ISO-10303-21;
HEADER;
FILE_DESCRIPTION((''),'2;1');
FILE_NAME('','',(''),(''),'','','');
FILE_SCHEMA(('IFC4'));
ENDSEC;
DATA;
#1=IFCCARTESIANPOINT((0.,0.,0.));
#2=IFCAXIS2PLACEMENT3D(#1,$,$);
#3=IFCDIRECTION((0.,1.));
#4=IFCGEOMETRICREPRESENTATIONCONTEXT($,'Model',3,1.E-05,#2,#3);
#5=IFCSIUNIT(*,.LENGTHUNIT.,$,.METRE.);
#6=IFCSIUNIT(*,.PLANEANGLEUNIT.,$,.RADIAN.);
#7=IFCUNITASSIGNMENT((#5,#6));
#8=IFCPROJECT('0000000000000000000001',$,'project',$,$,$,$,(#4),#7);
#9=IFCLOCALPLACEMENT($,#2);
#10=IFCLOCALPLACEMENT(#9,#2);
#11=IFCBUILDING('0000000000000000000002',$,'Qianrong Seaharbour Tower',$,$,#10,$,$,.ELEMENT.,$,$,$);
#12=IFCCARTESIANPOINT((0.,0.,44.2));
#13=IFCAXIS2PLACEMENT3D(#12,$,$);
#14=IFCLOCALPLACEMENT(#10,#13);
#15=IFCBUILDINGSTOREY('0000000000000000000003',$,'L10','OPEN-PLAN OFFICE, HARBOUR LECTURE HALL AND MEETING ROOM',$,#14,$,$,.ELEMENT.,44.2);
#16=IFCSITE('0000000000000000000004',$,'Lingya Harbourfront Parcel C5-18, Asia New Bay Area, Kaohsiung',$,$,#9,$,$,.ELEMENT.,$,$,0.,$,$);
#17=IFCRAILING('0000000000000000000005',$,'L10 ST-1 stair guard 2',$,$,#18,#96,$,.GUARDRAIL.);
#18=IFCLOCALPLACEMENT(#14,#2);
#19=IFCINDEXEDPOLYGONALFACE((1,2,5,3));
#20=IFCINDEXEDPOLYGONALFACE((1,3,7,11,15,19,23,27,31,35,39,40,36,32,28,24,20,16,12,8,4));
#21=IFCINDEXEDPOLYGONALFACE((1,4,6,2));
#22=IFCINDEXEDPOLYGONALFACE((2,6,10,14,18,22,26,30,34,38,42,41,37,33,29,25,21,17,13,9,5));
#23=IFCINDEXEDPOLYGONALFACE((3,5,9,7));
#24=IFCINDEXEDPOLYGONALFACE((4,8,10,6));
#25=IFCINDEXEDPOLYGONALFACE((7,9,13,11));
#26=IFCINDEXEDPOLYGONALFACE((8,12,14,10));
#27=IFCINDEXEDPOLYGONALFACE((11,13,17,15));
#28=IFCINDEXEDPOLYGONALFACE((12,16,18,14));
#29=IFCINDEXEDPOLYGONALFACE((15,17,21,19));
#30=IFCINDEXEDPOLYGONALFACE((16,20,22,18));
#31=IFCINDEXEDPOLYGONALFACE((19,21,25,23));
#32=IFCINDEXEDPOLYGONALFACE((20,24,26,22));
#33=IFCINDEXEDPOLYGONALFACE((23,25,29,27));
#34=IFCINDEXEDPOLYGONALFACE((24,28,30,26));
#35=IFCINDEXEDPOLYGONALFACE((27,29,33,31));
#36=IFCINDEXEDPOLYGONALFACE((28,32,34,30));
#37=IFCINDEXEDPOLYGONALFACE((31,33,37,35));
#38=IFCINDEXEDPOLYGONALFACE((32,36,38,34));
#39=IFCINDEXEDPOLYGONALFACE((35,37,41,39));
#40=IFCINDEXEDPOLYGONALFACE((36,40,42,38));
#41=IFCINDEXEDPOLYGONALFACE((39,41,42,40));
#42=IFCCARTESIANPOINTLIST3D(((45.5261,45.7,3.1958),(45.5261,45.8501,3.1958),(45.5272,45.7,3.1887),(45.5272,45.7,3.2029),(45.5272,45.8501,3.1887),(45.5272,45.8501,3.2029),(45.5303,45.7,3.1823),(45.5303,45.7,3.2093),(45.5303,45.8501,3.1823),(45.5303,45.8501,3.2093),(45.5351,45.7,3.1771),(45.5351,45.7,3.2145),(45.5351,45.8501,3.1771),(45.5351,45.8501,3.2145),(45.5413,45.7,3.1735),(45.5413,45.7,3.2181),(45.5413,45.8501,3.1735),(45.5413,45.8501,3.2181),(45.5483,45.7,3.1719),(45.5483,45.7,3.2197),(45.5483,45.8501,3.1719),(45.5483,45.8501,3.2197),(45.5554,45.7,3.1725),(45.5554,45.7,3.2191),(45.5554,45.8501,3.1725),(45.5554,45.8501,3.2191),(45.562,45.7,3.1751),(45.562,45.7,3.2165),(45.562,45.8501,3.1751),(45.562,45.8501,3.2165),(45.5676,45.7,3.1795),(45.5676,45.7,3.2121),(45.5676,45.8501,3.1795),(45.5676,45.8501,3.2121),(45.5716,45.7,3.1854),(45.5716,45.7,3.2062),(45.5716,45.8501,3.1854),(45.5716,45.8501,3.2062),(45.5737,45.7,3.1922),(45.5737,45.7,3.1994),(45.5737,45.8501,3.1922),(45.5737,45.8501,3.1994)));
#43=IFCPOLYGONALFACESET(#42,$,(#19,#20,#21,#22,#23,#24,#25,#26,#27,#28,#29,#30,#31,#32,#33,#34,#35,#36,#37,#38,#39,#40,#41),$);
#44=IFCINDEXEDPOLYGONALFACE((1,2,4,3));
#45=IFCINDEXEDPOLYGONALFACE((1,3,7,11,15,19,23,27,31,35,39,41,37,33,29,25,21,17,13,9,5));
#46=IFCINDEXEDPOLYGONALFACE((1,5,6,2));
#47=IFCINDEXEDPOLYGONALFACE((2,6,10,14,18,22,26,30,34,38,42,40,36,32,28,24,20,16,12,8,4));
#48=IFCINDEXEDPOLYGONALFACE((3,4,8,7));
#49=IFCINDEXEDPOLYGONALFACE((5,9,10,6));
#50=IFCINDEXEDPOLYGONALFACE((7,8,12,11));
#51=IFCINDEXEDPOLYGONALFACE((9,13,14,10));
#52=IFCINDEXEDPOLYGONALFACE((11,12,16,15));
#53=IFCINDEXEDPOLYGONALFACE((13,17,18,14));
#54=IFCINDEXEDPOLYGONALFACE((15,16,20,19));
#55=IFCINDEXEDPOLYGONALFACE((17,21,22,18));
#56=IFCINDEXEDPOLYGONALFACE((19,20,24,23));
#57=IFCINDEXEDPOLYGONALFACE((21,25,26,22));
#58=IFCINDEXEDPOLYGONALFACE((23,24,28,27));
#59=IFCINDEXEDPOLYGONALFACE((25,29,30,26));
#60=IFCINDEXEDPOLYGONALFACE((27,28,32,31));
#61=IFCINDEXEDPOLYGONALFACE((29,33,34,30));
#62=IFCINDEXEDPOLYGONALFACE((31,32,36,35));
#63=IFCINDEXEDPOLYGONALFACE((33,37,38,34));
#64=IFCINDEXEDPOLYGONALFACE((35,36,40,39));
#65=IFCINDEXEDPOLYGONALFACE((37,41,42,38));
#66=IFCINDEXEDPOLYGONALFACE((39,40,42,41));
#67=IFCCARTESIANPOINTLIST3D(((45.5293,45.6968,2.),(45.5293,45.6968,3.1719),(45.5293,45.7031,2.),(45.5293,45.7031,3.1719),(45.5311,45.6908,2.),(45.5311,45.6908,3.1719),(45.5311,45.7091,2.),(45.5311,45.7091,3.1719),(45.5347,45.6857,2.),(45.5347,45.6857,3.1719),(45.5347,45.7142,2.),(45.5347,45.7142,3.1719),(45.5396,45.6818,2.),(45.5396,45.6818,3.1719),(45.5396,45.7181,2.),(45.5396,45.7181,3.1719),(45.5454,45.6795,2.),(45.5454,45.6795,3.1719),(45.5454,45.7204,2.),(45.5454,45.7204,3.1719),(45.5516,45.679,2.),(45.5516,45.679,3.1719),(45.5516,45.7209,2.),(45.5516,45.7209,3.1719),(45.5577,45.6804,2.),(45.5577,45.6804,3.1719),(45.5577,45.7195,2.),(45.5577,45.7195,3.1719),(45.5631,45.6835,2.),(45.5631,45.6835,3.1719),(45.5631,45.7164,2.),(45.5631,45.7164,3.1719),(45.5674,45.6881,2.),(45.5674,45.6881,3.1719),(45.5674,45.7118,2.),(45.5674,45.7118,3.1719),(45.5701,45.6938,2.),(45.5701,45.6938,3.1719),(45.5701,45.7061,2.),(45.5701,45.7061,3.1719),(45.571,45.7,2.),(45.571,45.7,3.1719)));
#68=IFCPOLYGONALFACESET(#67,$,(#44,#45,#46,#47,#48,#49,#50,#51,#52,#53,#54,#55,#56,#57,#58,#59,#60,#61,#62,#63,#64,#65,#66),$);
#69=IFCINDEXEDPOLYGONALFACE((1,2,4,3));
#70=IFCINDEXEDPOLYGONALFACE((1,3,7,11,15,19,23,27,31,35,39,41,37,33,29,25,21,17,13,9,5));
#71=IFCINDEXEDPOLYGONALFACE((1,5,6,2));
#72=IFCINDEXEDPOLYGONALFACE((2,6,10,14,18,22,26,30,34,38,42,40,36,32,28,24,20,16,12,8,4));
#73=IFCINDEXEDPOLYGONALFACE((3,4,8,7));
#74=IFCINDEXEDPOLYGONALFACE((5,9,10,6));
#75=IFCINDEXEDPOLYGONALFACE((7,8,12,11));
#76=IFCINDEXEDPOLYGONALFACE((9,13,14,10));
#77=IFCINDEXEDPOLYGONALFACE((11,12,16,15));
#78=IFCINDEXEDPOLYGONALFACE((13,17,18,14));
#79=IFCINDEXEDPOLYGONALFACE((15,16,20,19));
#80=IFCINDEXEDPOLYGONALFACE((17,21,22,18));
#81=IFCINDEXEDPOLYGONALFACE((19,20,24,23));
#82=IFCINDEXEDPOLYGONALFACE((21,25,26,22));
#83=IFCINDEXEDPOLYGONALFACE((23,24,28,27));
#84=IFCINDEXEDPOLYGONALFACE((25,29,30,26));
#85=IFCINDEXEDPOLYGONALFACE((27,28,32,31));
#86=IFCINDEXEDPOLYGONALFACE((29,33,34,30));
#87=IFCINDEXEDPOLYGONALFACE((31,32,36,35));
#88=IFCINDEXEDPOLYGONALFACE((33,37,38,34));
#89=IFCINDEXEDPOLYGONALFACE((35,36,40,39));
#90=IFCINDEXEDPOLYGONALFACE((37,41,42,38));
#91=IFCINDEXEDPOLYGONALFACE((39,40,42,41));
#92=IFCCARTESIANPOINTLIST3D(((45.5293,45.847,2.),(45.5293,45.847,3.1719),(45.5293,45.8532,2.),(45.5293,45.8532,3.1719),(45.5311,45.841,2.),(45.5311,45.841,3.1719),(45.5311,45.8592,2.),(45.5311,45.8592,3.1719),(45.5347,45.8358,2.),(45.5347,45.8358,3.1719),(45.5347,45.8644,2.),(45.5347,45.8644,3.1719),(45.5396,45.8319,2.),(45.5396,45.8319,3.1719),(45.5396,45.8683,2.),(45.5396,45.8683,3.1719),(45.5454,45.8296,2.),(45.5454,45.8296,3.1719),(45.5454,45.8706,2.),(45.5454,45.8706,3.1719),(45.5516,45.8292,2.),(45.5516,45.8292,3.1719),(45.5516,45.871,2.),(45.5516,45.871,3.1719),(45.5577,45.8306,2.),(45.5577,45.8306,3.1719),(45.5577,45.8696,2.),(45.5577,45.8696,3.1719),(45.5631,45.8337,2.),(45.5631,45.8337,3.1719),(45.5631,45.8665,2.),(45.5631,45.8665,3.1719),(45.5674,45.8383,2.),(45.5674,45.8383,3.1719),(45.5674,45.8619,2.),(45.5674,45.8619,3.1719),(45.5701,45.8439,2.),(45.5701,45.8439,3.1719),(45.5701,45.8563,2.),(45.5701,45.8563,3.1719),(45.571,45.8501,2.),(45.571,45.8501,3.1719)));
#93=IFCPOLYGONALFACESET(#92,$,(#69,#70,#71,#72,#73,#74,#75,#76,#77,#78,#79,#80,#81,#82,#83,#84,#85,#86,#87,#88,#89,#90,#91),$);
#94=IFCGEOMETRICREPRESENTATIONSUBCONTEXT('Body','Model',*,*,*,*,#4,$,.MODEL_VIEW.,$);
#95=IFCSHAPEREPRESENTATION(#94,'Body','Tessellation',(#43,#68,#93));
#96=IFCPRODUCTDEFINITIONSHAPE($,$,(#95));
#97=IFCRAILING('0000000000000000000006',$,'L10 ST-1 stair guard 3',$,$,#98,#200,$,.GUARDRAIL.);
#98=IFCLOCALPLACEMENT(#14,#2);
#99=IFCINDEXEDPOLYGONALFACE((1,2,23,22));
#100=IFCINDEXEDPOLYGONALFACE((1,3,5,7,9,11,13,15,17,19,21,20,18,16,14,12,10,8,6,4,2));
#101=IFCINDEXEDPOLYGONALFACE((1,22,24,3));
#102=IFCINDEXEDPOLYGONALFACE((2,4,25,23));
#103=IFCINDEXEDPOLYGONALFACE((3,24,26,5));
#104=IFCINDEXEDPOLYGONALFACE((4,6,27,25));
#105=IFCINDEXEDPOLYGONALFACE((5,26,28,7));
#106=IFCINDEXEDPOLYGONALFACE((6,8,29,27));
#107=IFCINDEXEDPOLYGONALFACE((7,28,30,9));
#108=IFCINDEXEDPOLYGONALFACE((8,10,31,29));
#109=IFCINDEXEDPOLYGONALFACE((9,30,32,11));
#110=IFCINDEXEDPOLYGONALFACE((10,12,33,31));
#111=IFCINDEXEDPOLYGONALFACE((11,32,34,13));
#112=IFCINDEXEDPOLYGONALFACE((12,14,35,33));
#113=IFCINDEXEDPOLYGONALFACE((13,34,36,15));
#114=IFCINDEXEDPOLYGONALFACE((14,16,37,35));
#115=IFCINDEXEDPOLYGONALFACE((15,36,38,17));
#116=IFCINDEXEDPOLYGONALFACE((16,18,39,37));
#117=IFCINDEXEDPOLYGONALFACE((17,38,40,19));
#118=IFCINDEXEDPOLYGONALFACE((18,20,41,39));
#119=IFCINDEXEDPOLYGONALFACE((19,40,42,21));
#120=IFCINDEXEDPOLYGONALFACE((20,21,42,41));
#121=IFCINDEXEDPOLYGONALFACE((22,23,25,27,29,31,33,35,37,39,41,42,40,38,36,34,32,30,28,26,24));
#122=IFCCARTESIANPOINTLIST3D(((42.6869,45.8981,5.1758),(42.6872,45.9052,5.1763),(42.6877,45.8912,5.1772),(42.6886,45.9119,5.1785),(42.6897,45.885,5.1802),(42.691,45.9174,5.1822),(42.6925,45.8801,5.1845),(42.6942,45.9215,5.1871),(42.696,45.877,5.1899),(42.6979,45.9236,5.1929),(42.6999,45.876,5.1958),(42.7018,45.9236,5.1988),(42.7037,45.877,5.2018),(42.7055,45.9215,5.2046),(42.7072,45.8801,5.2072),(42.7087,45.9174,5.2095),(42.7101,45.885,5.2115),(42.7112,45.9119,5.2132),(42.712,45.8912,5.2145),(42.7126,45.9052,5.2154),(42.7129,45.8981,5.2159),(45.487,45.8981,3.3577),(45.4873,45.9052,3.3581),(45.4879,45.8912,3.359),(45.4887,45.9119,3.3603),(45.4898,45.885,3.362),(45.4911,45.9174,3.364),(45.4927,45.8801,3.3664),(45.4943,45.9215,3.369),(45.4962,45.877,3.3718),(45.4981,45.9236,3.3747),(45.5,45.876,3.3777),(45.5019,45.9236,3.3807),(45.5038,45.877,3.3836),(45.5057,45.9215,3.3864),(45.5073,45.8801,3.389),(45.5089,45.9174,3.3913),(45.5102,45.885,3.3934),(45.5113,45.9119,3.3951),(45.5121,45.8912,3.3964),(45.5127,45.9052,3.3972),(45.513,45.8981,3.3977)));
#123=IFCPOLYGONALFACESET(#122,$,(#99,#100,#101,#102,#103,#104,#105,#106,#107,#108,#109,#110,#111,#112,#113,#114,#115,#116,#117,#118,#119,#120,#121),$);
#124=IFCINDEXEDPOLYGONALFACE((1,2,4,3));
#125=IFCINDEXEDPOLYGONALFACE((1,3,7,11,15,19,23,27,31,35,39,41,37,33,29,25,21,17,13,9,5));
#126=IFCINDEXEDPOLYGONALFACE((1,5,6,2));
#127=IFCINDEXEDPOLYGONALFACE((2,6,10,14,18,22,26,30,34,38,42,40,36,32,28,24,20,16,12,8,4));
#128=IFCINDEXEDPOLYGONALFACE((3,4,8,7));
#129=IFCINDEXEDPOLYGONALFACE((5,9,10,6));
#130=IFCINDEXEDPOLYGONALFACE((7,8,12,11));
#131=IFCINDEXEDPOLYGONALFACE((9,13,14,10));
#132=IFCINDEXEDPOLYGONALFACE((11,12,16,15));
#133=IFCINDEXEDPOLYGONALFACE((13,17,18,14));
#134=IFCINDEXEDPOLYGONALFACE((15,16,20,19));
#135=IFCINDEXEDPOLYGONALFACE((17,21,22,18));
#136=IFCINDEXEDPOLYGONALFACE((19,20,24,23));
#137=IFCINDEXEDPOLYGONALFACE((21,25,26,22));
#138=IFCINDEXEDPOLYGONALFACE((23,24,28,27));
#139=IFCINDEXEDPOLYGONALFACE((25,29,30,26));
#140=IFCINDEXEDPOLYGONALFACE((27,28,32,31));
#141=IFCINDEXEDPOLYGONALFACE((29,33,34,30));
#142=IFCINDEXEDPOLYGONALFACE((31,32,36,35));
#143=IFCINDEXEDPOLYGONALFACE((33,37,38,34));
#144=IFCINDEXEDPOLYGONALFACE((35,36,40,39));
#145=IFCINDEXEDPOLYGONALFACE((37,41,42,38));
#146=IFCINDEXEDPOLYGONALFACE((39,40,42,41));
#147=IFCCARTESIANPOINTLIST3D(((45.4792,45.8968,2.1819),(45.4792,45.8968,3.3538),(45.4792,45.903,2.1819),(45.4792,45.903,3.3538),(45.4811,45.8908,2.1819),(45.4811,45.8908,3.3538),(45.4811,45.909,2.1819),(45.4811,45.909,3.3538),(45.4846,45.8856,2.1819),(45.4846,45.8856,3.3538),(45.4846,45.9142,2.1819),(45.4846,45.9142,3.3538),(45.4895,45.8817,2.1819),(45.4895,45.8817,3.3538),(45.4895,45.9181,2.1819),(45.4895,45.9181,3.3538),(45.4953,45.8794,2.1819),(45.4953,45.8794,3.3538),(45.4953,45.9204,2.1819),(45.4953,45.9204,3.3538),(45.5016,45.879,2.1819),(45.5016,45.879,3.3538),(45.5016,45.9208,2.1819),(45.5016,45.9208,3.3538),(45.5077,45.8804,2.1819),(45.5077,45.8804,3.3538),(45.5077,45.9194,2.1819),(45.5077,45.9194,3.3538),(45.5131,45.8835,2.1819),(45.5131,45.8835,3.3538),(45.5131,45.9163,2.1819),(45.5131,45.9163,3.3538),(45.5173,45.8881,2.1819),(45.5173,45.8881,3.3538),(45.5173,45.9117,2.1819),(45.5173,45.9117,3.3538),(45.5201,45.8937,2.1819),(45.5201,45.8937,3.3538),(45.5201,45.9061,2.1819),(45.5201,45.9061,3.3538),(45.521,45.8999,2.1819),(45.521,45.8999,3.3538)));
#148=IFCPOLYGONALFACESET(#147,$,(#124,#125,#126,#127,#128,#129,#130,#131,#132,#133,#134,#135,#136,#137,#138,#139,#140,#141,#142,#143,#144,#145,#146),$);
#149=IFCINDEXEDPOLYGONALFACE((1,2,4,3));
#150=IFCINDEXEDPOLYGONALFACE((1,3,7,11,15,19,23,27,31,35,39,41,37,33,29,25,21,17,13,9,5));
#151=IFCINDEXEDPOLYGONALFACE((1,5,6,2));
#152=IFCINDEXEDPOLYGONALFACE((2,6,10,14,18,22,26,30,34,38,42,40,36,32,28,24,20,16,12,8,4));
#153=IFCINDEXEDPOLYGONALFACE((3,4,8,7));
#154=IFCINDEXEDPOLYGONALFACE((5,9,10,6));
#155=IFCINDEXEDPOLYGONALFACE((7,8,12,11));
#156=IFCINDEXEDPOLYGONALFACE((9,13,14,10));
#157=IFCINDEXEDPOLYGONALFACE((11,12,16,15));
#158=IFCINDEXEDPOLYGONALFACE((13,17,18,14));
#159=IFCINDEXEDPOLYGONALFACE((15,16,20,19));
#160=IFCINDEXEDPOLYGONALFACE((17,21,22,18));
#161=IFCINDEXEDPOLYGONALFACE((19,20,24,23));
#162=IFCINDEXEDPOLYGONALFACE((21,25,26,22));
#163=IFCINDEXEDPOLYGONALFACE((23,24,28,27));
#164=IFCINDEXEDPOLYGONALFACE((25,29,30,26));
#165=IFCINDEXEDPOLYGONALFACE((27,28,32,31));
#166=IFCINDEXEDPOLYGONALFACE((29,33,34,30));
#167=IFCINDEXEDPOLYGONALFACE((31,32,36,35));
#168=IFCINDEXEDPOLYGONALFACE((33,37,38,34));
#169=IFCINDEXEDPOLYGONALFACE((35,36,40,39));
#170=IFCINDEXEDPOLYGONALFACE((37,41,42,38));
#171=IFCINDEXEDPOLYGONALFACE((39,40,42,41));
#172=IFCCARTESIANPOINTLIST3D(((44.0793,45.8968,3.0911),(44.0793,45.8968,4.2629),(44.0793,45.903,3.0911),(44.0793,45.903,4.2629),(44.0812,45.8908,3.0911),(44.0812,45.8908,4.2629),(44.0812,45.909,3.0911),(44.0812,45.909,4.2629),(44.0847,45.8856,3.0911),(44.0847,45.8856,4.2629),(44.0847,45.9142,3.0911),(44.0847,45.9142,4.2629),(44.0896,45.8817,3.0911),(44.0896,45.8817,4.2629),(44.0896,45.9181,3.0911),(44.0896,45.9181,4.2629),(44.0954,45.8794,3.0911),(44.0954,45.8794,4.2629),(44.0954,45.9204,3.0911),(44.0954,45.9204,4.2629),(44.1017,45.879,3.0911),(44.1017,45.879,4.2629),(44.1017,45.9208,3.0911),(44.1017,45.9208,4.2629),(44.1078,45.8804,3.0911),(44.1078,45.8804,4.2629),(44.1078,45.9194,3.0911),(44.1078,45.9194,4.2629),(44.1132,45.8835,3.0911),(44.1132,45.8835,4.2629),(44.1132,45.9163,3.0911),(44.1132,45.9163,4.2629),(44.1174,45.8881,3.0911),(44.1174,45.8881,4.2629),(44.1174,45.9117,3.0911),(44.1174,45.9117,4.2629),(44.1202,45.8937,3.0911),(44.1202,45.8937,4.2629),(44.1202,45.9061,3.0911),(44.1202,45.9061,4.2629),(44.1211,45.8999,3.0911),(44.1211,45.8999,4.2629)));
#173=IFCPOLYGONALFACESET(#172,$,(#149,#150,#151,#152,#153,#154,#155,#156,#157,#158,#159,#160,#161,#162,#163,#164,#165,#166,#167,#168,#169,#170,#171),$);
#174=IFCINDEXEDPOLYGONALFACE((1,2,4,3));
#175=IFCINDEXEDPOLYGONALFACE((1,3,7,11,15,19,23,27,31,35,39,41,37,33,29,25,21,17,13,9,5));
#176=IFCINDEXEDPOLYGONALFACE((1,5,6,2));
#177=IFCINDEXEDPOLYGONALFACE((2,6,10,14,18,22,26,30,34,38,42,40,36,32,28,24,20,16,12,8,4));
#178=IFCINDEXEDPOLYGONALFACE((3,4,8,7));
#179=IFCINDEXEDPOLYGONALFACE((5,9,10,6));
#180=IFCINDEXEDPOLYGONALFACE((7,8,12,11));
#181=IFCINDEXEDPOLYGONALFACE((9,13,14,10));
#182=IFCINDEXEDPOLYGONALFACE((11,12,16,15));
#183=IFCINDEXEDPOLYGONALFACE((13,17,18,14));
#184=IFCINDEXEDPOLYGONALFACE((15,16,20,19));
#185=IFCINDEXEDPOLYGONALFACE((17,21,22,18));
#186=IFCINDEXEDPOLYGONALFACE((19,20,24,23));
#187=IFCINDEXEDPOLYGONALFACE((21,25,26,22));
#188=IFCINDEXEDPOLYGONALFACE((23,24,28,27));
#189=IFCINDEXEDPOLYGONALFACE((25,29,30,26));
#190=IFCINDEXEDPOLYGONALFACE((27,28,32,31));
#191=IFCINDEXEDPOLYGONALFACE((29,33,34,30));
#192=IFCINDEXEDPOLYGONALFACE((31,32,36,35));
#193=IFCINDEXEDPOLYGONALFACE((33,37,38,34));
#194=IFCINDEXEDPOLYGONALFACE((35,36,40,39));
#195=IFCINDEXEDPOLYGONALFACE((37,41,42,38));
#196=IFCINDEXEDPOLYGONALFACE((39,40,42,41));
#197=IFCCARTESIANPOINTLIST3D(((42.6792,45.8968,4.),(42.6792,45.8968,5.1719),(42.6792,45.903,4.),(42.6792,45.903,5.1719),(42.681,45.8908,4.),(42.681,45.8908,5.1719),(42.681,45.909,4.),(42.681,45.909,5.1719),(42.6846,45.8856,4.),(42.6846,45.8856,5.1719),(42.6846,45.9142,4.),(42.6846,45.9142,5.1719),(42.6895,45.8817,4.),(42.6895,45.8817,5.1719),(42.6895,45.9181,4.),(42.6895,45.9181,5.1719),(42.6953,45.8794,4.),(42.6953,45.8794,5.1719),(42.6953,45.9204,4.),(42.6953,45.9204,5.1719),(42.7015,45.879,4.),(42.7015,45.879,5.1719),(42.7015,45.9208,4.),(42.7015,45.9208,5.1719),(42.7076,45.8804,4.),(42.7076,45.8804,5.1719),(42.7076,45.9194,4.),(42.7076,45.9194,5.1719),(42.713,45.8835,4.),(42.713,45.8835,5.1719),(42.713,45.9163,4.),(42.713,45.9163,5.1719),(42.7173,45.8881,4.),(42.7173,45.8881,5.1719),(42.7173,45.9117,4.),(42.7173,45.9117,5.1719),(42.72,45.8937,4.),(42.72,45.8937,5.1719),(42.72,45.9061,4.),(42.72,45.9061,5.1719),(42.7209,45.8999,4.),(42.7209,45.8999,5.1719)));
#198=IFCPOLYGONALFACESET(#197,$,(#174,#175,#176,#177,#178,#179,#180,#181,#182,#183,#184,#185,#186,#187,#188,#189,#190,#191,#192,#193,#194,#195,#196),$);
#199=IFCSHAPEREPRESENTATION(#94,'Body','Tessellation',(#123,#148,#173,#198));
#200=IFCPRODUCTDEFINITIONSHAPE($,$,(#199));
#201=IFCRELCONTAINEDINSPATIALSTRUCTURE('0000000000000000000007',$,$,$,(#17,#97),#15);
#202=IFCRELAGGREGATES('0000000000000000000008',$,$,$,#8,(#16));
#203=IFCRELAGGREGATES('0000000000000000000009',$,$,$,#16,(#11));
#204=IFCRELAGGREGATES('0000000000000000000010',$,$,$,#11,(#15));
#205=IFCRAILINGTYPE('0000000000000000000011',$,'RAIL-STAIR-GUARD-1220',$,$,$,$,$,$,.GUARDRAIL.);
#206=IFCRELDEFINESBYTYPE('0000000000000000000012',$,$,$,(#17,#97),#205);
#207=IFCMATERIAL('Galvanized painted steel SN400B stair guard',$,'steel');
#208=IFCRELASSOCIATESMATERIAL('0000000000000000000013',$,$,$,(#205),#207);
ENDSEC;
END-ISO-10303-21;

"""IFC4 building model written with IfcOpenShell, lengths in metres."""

from ifc_helpers import new_model, si_unit, direction, frame, origin, origin_2d, place, context, subcontext, project, spatial, circle, extrude, material, type_object, element, save


model = new_model("IFC4")

# Units and contexts
model_context = context("Model", 3, precision=1e-05, world=origin(), true_north=direction((0.0, 1.0)))
body_context = subcontext(model_context, "Body", "Model", "MODEL_VIEW")
ifc_project = project(units=[si_unit("LENGTHUNIT", "METRE"), si_unit("PLANEANGLEUNIT", "RADIAN")], contexts=[model_context])

# Site, building, storey
site_placement = place(None, origin())
site = spatial("IfcSite", under=ifc_project, at=site_placement, Name="Lingya Harbourfront Parcel C5-18, Asia New Bay Area, Kaohsiung", CompositionType="ELEMENT", RefElevation=0.0)
building_placement = place(site_placement, origin())
building = spatial("IfcBuilding", under=site, at=building_placement, Name="Qianrong Seaharbour Tower", CompositionType="ELEMENT")
storey_placement = place(building_placement, frame((0.0, 0.0, 44.2)))
storey = spatial("IfcBuildingStorey", under=building, at=storey_placement, Name="L10", Description="OPEN-PLAN OFFICE, HARBOUR LECTURE HALL AND MEETING ROOM", CompositionType="ELEMENT", Elevation=44.2)

# Railings
ifc_material_1 = material(Name="Galvanized painted steel SN400B stair guard", Category="steel")
railing_type_1 = type_object("IfcRailingType", Name="RAIL-STAIR-GUARD-1220", PredefinedType="GUARDRAIL", material=ifc_material_1)
railing_1_placement = place(storey_placement, frame((45.55, 45.7, 2.0)))
element("IfcRailing", 1, at=railing_1_placement, inside=storey, type_object=railing_type_1, Name="L10 ST-1 stair guard 2", PredefinedType="GUARDRAIL", context=body_context, shape_type="SweptSolid", body=[
    extrude(circle(Radius=0.0239, at=origin_2d()), frame((0.0, 0.0, 1.1958), z_axis=(0.0, 1.0, 0.0), x_axis=(-1.0, 0.0, 0.0)), (0.0, 0.0, 1.0), 0.1501),
    extrude(circle(Radius=0.021, at=origin_2d()), origin(), (0.0, 0.0, 1.0), 1.1719),
    extrude(circle(Radius=0.021, at=origin_2d()), frame((0.0, 0.1501, 0.0)), (0.0, 0.0, 1.0), 1.1719),
])
railing_2_placement = place(storey_placement, frame((45.5, 45.8999, 2.1819)))
element("IfcRailing", 2, at=railing_2_placement, inside=storey, type_object=railing_type_1, Name="L10 ST-1 stair guard 3", PredefinedType="GUARDRAIL", context=body_context, shape_type="SweptSolid", body=[
    extrude(circle(Radius=0.0239, at=origin_2d()), frame((0.0, 0.0, 1.1958), z_axis=(-0.838706, 0.0, 0.544585), x_axis=(0.0, -1.0, 0.0)), (0.0, 0.0, 1.0), 3.3386),
    extrude(circle(Radius=0.021, at=origin_2d()), origin(), (0.0, 0.0, 1.0), 1.1719),
    extrude(circle(Radius=0.021, at=origin_2d()), frame((-1.3999, 0.0, 0.9092)), (0.0, 0.0, 1.0), 1.1719),
    extrude(circle(Radius=0.021, at=origin_2d()), frame((-2.8, 0.0, 1.8181)), (0.0, 0.0, 1.0), 1.1719),
])

save(model, "model.ifc")
